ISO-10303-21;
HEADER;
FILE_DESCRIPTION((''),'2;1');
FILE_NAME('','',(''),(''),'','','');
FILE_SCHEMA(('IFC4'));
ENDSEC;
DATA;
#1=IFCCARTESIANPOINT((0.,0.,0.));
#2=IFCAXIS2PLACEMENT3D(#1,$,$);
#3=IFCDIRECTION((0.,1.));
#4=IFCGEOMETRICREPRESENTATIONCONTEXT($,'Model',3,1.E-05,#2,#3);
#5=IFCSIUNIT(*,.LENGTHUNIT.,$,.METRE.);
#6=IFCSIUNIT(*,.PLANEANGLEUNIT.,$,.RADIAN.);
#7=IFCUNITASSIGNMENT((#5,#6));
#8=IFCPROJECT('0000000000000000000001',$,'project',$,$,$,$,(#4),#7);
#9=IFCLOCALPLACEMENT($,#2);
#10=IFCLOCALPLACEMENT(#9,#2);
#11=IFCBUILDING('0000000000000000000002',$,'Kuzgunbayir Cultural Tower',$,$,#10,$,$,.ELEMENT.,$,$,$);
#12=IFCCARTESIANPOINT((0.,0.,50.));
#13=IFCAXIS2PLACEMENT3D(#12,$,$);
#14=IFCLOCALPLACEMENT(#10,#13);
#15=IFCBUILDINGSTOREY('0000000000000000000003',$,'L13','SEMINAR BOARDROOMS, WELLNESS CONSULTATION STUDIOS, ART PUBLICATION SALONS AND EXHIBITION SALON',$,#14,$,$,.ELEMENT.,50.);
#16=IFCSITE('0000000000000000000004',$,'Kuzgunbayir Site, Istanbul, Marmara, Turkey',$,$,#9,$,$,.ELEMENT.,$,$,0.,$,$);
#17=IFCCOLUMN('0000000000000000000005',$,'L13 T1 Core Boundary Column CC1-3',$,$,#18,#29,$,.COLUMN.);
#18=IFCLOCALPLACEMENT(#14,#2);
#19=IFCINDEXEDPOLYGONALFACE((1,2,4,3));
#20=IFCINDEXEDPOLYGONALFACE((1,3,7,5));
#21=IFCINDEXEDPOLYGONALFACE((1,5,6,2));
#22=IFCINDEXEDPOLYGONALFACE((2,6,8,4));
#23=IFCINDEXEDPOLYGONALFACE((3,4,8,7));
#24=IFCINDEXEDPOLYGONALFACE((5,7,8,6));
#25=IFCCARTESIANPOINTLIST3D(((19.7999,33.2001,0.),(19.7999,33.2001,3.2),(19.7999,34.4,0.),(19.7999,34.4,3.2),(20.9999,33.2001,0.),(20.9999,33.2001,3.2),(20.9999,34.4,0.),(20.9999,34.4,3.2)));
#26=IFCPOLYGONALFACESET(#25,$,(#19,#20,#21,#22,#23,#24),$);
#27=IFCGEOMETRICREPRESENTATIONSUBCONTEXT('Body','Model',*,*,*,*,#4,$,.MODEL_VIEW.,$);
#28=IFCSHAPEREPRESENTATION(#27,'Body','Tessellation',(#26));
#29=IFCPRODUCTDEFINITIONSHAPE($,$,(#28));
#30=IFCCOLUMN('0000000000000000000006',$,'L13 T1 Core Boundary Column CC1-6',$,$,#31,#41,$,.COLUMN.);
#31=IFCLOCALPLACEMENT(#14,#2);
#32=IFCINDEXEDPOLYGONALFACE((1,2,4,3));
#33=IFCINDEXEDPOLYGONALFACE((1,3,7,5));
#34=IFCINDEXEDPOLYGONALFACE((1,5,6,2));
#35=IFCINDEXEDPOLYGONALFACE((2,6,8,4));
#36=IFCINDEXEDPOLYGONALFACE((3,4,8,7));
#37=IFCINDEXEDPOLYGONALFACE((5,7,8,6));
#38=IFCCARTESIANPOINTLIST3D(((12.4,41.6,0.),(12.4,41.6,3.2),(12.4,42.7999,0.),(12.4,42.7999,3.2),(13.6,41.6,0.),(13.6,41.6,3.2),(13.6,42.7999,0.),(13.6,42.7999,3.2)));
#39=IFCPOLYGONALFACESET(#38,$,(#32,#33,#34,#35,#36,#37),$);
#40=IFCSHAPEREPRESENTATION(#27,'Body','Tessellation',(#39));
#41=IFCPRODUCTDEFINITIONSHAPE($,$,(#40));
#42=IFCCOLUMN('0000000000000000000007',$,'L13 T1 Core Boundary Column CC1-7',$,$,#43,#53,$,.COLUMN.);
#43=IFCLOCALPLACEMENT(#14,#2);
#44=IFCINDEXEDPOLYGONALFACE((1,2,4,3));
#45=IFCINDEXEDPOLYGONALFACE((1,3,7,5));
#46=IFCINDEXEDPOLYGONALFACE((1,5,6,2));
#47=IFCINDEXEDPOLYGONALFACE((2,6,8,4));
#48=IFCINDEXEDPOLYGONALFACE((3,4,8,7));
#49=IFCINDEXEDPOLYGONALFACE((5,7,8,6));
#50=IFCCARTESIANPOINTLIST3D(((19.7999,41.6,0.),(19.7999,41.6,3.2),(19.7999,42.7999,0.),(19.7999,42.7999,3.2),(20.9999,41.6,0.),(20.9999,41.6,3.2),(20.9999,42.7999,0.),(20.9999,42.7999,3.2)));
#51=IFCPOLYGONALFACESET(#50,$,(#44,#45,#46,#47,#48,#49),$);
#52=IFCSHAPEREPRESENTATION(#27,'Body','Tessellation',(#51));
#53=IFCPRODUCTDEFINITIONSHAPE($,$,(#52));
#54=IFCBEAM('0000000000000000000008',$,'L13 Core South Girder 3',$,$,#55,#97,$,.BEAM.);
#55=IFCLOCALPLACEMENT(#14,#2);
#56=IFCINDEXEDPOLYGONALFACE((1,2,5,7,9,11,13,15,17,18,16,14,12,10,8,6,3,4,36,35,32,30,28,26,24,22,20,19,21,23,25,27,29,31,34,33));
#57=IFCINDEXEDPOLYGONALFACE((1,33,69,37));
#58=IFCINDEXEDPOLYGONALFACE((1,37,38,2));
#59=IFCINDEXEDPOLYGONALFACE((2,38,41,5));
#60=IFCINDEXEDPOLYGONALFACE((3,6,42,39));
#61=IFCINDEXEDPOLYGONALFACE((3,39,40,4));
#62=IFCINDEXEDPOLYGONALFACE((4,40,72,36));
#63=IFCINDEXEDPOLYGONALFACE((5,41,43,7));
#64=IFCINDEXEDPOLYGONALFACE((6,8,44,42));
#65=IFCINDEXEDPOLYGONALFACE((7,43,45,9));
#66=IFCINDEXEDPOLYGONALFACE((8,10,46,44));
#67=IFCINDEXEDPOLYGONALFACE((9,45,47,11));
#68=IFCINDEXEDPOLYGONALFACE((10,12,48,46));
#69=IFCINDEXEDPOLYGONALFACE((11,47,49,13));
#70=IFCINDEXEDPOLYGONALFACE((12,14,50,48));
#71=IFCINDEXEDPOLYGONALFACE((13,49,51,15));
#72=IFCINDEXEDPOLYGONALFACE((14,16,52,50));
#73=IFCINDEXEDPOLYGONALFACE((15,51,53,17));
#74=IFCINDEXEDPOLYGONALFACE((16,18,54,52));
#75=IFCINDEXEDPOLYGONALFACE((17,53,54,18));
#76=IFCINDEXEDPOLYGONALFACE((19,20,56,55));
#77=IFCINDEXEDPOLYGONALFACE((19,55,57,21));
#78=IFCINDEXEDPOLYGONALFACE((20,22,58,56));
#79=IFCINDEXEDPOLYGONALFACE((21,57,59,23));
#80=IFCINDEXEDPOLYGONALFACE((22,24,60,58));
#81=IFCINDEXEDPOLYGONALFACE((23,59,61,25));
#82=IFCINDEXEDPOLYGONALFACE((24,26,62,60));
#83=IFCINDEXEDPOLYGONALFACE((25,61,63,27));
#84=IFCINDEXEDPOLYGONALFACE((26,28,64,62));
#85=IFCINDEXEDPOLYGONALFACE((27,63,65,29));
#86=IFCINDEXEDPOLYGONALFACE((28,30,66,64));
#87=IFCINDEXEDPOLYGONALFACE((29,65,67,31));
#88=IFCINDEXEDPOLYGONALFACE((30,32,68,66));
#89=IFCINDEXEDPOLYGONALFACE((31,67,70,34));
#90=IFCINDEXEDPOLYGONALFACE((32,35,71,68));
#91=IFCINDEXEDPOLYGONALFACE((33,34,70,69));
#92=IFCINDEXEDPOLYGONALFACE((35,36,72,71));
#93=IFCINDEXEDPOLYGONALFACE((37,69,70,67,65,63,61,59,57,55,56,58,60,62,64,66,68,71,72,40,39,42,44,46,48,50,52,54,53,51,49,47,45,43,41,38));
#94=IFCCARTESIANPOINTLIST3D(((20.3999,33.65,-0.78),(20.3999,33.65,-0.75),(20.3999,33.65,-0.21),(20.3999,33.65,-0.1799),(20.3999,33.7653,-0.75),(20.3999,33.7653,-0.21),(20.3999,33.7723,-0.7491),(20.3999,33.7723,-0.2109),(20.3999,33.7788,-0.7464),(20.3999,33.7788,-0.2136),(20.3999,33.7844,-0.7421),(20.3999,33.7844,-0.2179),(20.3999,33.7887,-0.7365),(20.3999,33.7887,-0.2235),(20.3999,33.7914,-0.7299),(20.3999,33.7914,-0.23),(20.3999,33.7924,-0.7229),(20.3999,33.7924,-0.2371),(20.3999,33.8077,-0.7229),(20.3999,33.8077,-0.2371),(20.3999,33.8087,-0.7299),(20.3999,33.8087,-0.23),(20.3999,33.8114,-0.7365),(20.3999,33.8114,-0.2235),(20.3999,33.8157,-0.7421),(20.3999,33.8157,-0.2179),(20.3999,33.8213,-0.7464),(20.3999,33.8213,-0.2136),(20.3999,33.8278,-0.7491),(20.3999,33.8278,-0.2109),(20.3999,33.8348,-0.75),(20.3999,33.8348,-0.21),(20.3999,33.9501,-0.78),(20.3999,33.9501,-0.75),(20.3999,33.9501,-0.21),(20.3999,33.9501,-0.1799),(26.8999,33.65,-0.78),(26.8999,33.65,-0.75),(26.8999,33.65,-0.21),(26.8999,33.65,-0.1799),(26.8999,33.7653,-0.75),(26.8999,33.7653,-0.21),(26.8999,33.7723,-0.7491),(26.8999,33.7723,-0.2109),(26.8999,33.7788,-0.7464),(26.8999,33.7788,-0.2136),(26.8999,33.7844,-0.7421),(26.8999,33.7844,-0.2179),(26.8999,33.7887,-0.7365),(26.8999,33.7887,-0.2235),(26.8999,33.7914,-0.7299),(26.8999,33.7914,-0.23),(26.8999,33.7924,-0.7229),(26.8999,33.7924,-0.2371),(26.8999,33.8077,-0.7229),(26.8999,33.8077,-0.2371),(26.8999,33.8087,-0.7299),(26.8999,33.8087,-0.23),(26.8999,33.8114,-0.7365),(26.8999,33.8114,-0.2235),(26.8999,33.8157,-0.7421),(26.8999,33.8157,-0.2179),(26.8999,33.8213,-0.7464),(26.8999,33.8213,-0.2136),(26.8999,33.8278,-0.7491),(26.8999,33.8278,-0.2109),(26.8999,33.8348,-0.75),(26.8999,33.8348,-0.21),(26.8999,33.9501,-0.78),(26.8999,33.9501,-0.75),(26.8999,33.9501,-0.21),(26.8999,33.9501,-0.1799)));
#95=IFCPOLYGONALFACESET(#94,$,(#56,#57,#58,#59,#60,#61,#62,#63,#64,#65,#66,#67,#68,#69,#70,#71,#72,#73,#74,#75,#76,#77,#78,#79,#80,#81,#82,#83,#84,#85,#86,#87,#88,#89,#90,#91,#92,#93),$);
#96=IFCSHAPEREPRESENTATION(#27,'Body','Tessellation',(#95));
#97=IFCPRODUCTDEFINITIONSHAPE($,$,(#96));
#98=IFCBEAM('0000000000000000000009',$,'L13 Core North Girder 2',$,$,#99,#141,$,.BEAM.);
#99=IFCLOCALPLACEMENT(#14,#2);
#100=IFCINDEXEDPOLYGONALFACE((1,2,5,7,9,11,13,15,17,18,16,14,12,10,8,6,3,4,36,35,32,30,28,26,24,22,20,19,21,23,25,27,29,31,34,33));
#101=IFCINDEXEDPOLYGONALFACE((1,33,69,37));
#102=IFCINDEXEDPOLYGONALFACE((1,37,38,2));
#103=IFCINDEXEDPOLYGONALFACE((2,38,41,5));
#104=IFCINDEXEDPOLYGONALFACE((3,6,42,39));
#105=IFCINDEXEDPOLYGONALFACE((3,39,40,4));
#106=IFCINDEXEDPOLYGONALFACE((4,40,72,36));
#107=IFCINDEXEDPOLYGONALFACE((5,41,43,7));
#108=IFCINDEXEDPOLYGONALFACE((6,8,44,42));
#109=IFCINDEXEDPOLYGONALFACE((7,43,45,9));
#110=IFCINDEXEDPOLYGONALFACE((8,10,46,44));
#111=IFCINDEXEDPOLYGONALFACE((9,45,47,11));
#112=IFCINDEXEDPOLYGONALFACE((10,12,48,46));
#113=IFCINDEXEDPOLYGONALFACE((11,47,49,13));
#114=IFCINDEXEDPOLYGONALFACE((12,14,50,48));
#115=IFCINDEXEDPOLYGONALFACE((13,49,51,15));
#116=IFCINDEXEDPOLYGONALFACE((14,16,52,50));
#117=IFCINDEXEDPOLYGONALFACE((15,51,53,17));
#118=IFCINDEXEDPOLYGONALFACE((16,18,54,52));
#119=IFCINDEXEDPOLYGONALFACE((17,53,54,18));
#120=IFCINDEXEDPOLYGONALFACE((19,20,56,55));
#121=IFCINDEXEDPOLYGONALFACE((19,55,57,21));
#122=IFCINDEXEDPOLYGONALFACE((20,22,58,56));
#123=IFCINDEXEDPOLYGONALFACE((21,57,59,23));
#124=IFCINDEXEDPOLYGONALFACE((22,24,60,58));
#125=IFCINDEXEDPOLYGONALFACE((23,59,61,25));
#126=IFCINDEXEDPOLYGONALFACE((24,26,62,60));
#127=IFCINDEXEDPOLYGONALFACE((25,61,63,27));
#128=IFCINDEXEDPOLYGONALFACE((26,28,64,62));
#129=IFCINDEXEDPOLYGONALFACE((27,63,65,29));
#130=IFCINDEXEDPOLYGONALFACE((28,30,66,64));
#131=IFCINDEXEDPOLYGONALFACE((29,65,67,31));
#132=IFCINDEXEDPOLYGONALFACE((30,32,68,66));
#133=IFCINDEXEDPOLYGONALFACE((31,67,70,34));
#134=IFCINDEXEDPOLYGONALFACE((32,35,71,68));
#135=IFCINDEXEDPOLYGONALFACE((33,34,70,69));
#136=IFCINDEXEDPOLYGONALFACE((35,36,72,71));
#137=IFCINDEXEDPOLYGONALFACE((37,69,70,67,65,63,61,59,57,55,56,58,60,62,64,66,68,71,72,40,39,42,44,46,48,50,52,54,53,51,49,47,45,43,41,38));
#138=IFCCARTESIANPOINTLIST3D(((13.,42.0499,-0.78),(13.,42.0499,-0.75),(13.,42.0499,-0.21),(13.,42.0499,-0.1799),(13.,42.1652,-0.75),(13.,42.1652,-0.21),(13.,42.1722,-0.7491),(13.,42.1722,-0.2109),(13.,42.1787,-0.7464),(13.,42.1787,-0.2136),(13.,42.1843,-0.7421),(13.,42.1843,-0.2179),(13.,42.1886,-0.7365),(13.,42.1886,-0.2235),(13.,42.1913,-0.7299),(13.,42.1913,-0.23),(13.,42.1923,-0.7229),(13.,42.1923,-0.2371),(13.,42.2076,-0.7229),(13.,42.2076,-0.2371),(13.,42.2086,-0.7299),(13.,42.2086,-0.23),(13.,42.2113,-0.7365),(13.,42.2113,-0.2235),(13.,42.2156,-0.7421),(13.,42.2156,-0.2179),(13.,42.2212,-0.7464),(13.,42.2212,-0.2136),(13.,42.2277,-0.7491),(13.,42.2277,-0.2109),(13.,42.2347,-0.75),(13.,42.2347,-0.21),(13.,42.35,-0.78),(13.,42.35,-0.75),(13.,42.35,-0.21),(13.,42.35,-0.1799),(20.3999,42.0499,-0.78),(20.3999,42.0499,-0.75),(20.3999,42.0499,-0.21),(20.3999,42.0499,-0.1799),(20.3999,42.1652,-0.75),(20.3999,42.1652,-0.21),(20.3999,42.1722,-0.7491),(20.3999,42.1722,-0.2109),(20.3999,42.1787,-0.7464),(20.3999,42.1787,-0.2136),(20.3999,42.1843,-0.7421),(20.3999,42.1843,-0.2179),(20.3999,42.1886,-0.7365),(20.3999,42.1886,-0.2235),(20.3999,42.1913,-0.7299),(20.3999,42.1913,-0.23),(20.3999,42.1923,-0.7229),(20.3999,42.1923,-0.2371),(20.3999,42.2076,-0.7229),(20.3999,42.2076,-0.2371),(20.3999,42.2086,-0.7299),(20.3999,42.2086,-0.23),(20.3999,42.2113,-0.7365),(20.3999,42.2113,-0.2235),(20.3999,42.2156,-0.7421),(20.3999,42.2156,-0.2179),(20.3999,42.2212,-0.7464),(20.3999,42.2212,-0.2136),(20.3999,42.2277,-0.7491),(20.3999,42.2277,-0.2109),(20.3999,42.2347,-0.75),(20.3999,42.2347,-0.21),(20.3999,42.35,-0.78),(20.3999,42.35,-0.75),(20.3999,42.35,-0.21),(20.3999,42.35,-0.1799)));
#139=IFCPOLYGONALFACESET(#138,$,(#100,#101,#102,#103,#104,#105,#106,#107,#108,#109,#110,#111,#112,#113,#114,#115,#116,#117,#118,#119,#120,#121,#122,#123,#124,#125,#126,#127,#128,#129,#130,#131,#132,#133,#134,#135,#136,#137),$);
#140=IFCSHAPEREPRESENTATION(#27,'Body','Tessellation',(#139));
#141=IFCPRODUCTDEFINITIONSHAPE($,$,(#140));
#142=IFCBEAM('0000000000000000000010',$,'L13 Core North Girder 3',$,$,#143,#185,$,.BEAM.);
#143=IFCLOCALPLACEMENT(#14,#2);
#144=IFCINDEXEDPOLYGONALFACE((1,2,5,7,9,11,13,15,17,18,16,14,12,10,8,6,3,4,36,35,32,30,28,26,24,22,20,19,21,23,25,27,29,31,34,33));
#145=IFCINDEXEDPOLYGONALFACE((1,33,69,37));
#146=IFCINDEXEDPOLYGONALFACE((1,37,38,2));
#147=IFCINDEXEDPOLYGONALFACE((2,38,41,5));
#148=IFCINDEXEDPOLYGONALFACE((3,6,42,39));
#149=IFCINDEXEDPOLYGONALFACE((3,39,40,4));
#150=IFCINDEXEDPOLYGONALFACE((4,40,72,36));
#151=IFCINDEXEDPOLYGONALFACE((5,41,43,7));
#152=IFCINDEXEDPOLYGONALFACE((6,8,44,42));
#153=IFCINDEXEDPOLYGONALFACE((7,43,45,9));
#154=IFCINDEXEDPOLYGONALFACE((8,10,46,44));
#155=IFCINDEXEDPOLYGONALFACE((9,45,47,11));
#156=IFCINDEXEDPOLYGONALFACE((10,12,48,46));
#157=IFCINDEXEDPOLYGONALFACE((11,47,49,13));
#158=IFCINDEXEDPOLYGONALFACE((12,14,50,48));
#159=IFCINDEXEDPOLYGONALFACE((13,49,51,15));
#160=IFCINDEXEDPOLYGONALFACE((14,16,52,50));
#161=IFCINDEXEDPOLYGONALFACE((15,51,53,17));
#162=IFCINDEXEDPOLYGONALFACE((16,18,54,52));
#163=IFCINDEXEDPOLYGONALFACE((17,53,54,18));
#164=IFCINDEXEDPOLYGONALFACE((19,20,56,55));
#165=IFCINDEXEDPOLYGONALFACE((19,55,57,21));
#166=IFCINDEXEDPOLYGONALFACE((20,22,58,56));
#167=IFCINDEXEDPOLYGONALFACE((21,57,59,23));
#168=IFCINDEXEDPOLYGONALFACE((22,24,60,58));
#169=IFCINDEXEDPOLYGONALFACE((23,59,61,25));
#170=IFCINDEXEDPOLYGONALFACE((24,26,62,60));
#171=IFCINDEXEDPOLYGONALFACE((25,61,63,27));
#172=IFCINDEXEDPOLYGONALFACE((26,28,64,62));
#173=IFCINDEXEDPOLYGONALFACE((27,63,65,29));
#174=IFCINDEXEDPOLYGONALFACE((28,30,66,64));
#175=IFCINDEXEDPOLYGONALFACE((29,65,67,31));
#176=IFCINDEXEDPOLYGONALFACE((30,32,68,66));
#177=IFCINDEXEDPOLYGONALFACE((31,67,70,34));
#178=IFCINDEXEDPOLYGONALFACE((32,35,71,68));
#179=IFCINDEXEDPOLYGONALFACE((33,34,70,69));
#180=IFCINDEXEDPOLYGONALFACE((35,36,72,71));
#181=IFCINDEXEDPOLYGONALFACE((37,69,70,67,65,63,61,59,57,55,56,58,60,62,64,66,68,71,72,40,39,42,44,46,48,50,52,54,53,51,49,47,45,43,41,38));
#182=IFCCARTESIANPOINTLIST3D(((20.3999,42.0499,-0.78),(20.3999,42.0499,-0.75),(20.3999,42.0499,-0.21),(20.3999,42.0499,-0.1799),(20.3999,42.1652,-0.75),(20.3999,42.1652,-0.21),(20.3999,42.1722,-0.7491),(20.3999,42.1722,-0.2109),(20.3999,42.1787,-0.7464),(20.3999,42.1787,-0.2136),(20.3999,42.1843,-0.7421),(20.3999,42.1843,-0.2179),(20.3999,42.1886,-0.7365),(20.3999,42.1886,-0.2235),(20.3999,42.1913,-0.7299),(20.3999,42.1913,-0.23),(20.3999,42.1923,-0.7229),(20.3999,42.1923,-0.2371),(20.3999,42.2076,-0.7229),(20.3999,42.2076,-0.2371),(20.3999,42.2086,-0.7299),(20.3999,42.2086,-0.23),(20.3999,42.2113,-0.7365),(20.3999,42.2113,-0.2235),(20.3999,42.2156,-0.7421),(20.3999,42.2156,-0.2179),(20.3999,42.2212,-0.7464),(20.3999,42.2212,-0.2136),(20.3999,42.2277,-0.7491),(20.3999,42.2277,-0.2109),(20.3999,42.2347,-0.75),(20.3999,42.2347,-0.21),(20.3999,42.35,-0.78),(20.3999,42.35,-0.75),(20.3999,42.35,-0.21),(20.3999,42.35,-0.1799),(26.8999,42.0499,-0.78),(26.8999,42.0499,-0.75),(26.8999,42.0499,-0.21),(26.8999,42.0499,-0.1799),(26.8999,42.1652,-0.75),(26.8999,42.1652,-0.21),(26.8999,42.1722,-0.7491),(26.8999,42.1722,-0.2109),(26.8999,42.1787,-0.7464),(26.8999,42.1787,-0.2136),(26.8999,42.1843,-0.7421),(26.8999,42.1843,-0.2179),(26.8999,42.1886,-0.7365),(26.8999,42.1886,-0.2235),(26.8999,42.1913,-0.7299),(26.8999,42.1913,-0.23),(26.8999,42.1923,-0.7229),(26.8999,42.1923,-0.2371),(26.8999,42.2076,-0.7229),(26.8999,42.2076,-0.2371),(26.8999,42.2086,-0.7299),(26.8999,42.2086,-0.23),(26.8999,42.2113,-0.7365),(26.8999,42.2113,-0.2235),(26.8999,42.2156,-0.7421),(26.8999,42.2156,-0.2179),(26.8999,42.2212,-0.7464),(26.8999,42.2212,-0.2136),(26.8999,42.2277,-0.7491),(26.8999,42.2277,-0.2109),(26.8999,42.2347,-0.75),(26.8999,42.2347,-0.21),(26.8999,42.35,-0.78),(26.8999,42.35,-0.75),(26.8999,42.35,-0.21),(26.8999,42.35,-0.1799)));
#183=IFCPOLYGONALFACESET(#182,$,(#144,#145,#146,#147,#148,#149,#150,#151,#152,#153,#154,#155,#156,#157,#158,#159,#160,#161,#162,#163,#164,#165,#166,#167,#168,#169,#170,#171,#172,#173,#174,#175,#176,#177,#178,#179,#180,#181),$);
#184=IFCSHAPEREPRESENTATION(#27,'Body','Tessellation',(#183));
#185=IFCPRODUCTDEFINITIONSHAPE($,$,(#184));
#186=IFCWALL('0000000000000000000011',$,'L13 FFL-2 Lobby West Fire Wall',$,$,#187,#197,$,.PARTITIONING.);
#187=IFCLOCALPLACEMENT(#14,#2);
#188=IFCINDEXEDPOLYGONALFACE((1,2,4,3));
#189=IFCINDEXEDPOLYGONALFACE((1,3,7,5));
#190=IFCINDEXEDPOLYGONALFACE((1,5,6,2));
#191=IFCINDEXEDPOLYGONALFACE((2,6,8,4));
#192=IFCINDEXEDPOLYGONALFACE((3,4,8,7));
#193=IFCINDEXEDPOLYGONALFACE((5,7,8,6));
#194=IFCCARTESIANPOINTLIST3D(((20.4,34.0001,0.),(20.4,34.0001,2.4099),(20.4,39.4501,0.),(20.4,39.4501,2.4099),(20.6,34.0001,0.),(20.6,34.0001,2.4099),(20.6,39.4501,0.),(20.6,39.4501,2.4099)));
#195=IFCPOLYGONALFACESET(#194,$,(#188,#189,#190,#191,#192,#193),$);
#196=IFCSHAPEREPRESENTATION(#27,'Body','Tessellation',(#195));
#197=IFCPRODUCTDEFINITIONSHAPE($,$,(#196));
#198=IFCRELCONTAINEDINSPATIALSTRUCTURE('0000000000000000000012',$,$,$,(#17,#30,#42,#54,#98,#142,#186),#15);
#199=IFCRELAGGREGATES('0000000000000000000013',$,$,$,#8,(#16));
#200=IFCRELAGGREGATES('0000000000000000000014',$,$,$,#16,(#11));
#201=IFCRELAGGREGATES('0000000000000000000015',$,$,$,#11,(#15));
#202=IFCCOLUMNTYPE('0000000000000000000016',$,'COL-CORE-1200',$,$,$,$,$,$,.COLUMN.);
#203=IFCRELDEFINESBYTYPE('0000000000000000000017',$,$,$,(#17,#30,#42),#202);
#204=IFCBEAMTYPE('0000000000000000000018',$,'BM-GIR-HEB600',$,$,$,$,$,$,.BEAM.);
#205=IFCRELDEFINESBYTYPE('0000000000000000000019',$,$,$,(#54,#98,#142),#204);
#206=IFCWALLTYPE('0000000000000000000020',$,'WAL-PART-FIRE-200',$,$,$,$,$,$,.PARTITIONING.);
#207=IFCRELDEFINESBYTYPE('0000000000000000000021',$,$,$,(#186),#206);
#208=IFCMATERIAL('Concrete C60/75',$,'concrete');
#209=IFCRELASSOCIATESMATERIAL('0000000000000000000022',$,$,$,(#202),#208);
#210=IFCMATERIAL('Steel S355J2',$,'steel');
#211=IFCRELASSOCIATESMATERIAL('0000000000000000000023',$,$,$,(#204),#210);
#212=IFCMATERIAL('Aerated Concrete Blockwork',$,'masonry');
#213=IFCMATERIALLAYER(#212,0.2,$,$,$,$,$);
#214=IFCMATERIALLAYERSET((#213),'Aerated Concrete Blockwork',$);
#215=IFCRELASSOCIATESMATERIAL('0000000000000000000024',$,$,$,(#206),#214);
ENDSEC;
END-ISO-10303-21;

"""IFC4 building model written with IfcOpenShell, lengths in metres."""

from ifc_helpers import new_model, si_unit, direction, frame, frame_2d, origin, origin_2d, place, context, subcontext, project, spatial, rectangle, i_section, extrude, material, layer, layer_set, material_profile, profile_set, type_object, element, save


model = new_model("IFC4")

# Units and contexts
model_context = context("Model", 3, precision=1e-05, world=origin(), true_north=direction((0.0, 1.0)))
body_context = subcontext(model_context, "Body", "Model", "MODEL_VIEW")
ifc_project = project(units=[si_unit("LENGTHUNIT", "METRE"), si_unit("PLANEANGLEUNIT", "RADIAN")], contexts=[model_context])

# Site, building, storey
site_placement = place(None, origin())
site = spatial("IfcSite", under=ifc_project, at=site_placement, Name="Kuzgunbayir Site, Istanbul, Marmara, Turkey", CompositionType="ELEMENT", RefElevation=0.0)
building_placement = place(site_placement, origin())
building = spatial("IfcBuilding", under=site, at=building_placement, Name="Kuzgunbayir Cultural Tower", CompositionType="ELEMENT")
storey_placement = place(building_placement, frame((0.0, 0.0, 50.0)))
storey = spatial("IfcBuildingStorey", under=building, at=storey_placement, Name="L13", Description="SEMINAR BOARDROOMS, WELLNESS CONSULTATION STUDIOS, ART PUBLICATION SALONS AND EXHIBITION SALON", CompositionType="ELEMENT", Elevation=50.0)

# Columns
ifc_material_1 = material(Name="Concrete C60/75", Category="concrete")
ifc_material_profile_1 = material_profile(ifc_material_1, rectangle(XDim=1.2, YDim=1.2, at=origin_2d()), Name="RC 1200x1200")
ifc_profile_set_1 = profile_set([ifc_material_profile_1], Name="Concrete C60/75")
column_type = type_object("IfcColumnType", Name="COL-CORE-1200", PredefinedType="COLUMN", material=ifc_profile_set_1)
for number, where, z_axis, x_axis, name in (
    (1, (20.3999, 33.8, 0.0), (0.0, 0.0, 1.0), (1.0, 0.0, 0.0), "L13 T1 Core Boundary Column CC1-3"),
    (2, (13.0, 42.2, 0.0), (0.0, 0.0, 1.0), (1.0, 0.0, 0.0), "L13 T1 Core Boundary Column CC1-6"),
    (3, (20.3999, 42.2, 0.0), (0.0, 0.0, 1.0), (1.0, 0.0, 0.0), "L13 T1 Core Boundary Column CC1-7"),
):
    element("IfcColumn", number, at=place(storey_placement, frame(where, z_axis=z_axis, x_axis=x_axis)), inside=storey, type_object=column_type, Name=name, PredefinedType="COLUMN", context=body_context, shape_type="SweptSolid", body=[
        extrude(rectangle(XDim=1.2, YDim=1.2, at=origin_2d()), origin(), (0.0, 0.0, 1.0), 3.2),
    ])

# Beams
ifc_material_2 = material(Name="Steel S355J2", Category="steel")
ifc_material_profile_2 = material_profile(ifc_material_2, i_section(OverallWidth=0.3, OverallDepth=0.6001, WebThickness=0.0154, FlangeThickness=0.03, FilletRadius=0.0271, at=origin_2d()), Name="HEB 600")
ifc_profile_set_2 = profile_set([ifc_material_profile_2], Name="Steel S355J2")
beam_type = type_object("IfcBeamType", Name="BM-GIR-HEB600", PredefinedType="BEAM", material=ifc_profile_set_2)
beam_1_placement = place(storey_placement, frame((20.3999, 33.8, -0.48), z_axis=(1.0, 0.0, 0.0), x_axis=(0.0, 1.0, 0.0)))
element("IfcBeam", 4, at=beam_1_placement, inside=storey, type_object=beam_type, Name="L13 Core South Girder 3", PredefinedType="BEAM", context=body_context, shape_type="SweptSolid", body=[
    extrude(i_section(OverallWidth=0.3, OverallDepth=0.6001, WebThickness=0.0154, FlangeThickness=0.03, FilletRadius=0.0271, at=origin_2d()), origin(), (0.0, 0.0, 1.0), 6.5),
])
beam_2_placement = place(storey_placement, frame((13.0, 42.2, -0.48), z_axis=(1.0, 0.0, 0.0), x_axis=(0.0, 1.0, 0.0)))
element("IfcBeam", 5, at=beam_2_placement, inside=storey, type_object=beam_type, Name="L13 Core North Girder 2", PredefinedType="BEAM", context=body_context, shape_type="SweptSolid", body=[
    extrude(i_section(OverallWidth=0.3, OverallDepth=0.6001, WebThickness=0.0154, FlangeThickness=0.03, FilletRadius=0.0271, at=origin_2d()), origin(), (0.0, 0.0, 1.0), 7.3999),
])
beam_3_placement = place(storey_placement, frame((20.3999, 42.2, -0.48), z_axis=(1.0, 0.0, 0.0), x_axis=(0.0, 1.0, 0.0)))
element("IfcBeam", 6, at=beam_3_placement, inside=storey, type_object=beam_type, Name="L13 Core North Girder 3", PredefinedType="BEAM", context=body_context, shape_type="SweptSolid", body=[
    extrude(i_section(OverallWidth=0.3, OverallDepth=0.6001, WebThickness=0.0154, FlangeThickness=0.03, FilletRadius=0.0271, at=origin_2d()), origin(), (0.0, 0.0, 1.0), 6.5),
])

# Wall
ifc_material_3 = material(Name="Aerated Concrete Blockwork", Category="masonry")
ifc_layer_1 = layer(ifc_material_3, 0.2)
ifc_layer_set_1 = layer_set([ifc_layer_1], Name="Aerated Concrete Blockwork")
wall_type_1 = type_object("IfcWallType", Name="WAL-PART-FIRE-200", PredefinedType="PARTITIONING", material=ifc_layer_set_1)
wall_1_placement = place(storey_placement, frame((20.5, 34.0, 0.0), z_axis=(0.0, 0.0, 1.0), x_axis=(0.0, 1.0, 0.0)))
element("IfcWall", 7, at=wall_1_placement, inside=storey, type_object=wall_type_1, Name="L13 FFL-2 Lobby West Fire Wall", PredefinedType="PARTITIONING", context=body_context, shape_type="SweptSolid", body=[
    extrude(rectangle(XDim=5.45, YDim=0.2, at=frame_2d((2.7251, 0.0))), origin(), (0.0, 0.0, 1.0), 2.4099),
])

save(model, "model.ifc")
